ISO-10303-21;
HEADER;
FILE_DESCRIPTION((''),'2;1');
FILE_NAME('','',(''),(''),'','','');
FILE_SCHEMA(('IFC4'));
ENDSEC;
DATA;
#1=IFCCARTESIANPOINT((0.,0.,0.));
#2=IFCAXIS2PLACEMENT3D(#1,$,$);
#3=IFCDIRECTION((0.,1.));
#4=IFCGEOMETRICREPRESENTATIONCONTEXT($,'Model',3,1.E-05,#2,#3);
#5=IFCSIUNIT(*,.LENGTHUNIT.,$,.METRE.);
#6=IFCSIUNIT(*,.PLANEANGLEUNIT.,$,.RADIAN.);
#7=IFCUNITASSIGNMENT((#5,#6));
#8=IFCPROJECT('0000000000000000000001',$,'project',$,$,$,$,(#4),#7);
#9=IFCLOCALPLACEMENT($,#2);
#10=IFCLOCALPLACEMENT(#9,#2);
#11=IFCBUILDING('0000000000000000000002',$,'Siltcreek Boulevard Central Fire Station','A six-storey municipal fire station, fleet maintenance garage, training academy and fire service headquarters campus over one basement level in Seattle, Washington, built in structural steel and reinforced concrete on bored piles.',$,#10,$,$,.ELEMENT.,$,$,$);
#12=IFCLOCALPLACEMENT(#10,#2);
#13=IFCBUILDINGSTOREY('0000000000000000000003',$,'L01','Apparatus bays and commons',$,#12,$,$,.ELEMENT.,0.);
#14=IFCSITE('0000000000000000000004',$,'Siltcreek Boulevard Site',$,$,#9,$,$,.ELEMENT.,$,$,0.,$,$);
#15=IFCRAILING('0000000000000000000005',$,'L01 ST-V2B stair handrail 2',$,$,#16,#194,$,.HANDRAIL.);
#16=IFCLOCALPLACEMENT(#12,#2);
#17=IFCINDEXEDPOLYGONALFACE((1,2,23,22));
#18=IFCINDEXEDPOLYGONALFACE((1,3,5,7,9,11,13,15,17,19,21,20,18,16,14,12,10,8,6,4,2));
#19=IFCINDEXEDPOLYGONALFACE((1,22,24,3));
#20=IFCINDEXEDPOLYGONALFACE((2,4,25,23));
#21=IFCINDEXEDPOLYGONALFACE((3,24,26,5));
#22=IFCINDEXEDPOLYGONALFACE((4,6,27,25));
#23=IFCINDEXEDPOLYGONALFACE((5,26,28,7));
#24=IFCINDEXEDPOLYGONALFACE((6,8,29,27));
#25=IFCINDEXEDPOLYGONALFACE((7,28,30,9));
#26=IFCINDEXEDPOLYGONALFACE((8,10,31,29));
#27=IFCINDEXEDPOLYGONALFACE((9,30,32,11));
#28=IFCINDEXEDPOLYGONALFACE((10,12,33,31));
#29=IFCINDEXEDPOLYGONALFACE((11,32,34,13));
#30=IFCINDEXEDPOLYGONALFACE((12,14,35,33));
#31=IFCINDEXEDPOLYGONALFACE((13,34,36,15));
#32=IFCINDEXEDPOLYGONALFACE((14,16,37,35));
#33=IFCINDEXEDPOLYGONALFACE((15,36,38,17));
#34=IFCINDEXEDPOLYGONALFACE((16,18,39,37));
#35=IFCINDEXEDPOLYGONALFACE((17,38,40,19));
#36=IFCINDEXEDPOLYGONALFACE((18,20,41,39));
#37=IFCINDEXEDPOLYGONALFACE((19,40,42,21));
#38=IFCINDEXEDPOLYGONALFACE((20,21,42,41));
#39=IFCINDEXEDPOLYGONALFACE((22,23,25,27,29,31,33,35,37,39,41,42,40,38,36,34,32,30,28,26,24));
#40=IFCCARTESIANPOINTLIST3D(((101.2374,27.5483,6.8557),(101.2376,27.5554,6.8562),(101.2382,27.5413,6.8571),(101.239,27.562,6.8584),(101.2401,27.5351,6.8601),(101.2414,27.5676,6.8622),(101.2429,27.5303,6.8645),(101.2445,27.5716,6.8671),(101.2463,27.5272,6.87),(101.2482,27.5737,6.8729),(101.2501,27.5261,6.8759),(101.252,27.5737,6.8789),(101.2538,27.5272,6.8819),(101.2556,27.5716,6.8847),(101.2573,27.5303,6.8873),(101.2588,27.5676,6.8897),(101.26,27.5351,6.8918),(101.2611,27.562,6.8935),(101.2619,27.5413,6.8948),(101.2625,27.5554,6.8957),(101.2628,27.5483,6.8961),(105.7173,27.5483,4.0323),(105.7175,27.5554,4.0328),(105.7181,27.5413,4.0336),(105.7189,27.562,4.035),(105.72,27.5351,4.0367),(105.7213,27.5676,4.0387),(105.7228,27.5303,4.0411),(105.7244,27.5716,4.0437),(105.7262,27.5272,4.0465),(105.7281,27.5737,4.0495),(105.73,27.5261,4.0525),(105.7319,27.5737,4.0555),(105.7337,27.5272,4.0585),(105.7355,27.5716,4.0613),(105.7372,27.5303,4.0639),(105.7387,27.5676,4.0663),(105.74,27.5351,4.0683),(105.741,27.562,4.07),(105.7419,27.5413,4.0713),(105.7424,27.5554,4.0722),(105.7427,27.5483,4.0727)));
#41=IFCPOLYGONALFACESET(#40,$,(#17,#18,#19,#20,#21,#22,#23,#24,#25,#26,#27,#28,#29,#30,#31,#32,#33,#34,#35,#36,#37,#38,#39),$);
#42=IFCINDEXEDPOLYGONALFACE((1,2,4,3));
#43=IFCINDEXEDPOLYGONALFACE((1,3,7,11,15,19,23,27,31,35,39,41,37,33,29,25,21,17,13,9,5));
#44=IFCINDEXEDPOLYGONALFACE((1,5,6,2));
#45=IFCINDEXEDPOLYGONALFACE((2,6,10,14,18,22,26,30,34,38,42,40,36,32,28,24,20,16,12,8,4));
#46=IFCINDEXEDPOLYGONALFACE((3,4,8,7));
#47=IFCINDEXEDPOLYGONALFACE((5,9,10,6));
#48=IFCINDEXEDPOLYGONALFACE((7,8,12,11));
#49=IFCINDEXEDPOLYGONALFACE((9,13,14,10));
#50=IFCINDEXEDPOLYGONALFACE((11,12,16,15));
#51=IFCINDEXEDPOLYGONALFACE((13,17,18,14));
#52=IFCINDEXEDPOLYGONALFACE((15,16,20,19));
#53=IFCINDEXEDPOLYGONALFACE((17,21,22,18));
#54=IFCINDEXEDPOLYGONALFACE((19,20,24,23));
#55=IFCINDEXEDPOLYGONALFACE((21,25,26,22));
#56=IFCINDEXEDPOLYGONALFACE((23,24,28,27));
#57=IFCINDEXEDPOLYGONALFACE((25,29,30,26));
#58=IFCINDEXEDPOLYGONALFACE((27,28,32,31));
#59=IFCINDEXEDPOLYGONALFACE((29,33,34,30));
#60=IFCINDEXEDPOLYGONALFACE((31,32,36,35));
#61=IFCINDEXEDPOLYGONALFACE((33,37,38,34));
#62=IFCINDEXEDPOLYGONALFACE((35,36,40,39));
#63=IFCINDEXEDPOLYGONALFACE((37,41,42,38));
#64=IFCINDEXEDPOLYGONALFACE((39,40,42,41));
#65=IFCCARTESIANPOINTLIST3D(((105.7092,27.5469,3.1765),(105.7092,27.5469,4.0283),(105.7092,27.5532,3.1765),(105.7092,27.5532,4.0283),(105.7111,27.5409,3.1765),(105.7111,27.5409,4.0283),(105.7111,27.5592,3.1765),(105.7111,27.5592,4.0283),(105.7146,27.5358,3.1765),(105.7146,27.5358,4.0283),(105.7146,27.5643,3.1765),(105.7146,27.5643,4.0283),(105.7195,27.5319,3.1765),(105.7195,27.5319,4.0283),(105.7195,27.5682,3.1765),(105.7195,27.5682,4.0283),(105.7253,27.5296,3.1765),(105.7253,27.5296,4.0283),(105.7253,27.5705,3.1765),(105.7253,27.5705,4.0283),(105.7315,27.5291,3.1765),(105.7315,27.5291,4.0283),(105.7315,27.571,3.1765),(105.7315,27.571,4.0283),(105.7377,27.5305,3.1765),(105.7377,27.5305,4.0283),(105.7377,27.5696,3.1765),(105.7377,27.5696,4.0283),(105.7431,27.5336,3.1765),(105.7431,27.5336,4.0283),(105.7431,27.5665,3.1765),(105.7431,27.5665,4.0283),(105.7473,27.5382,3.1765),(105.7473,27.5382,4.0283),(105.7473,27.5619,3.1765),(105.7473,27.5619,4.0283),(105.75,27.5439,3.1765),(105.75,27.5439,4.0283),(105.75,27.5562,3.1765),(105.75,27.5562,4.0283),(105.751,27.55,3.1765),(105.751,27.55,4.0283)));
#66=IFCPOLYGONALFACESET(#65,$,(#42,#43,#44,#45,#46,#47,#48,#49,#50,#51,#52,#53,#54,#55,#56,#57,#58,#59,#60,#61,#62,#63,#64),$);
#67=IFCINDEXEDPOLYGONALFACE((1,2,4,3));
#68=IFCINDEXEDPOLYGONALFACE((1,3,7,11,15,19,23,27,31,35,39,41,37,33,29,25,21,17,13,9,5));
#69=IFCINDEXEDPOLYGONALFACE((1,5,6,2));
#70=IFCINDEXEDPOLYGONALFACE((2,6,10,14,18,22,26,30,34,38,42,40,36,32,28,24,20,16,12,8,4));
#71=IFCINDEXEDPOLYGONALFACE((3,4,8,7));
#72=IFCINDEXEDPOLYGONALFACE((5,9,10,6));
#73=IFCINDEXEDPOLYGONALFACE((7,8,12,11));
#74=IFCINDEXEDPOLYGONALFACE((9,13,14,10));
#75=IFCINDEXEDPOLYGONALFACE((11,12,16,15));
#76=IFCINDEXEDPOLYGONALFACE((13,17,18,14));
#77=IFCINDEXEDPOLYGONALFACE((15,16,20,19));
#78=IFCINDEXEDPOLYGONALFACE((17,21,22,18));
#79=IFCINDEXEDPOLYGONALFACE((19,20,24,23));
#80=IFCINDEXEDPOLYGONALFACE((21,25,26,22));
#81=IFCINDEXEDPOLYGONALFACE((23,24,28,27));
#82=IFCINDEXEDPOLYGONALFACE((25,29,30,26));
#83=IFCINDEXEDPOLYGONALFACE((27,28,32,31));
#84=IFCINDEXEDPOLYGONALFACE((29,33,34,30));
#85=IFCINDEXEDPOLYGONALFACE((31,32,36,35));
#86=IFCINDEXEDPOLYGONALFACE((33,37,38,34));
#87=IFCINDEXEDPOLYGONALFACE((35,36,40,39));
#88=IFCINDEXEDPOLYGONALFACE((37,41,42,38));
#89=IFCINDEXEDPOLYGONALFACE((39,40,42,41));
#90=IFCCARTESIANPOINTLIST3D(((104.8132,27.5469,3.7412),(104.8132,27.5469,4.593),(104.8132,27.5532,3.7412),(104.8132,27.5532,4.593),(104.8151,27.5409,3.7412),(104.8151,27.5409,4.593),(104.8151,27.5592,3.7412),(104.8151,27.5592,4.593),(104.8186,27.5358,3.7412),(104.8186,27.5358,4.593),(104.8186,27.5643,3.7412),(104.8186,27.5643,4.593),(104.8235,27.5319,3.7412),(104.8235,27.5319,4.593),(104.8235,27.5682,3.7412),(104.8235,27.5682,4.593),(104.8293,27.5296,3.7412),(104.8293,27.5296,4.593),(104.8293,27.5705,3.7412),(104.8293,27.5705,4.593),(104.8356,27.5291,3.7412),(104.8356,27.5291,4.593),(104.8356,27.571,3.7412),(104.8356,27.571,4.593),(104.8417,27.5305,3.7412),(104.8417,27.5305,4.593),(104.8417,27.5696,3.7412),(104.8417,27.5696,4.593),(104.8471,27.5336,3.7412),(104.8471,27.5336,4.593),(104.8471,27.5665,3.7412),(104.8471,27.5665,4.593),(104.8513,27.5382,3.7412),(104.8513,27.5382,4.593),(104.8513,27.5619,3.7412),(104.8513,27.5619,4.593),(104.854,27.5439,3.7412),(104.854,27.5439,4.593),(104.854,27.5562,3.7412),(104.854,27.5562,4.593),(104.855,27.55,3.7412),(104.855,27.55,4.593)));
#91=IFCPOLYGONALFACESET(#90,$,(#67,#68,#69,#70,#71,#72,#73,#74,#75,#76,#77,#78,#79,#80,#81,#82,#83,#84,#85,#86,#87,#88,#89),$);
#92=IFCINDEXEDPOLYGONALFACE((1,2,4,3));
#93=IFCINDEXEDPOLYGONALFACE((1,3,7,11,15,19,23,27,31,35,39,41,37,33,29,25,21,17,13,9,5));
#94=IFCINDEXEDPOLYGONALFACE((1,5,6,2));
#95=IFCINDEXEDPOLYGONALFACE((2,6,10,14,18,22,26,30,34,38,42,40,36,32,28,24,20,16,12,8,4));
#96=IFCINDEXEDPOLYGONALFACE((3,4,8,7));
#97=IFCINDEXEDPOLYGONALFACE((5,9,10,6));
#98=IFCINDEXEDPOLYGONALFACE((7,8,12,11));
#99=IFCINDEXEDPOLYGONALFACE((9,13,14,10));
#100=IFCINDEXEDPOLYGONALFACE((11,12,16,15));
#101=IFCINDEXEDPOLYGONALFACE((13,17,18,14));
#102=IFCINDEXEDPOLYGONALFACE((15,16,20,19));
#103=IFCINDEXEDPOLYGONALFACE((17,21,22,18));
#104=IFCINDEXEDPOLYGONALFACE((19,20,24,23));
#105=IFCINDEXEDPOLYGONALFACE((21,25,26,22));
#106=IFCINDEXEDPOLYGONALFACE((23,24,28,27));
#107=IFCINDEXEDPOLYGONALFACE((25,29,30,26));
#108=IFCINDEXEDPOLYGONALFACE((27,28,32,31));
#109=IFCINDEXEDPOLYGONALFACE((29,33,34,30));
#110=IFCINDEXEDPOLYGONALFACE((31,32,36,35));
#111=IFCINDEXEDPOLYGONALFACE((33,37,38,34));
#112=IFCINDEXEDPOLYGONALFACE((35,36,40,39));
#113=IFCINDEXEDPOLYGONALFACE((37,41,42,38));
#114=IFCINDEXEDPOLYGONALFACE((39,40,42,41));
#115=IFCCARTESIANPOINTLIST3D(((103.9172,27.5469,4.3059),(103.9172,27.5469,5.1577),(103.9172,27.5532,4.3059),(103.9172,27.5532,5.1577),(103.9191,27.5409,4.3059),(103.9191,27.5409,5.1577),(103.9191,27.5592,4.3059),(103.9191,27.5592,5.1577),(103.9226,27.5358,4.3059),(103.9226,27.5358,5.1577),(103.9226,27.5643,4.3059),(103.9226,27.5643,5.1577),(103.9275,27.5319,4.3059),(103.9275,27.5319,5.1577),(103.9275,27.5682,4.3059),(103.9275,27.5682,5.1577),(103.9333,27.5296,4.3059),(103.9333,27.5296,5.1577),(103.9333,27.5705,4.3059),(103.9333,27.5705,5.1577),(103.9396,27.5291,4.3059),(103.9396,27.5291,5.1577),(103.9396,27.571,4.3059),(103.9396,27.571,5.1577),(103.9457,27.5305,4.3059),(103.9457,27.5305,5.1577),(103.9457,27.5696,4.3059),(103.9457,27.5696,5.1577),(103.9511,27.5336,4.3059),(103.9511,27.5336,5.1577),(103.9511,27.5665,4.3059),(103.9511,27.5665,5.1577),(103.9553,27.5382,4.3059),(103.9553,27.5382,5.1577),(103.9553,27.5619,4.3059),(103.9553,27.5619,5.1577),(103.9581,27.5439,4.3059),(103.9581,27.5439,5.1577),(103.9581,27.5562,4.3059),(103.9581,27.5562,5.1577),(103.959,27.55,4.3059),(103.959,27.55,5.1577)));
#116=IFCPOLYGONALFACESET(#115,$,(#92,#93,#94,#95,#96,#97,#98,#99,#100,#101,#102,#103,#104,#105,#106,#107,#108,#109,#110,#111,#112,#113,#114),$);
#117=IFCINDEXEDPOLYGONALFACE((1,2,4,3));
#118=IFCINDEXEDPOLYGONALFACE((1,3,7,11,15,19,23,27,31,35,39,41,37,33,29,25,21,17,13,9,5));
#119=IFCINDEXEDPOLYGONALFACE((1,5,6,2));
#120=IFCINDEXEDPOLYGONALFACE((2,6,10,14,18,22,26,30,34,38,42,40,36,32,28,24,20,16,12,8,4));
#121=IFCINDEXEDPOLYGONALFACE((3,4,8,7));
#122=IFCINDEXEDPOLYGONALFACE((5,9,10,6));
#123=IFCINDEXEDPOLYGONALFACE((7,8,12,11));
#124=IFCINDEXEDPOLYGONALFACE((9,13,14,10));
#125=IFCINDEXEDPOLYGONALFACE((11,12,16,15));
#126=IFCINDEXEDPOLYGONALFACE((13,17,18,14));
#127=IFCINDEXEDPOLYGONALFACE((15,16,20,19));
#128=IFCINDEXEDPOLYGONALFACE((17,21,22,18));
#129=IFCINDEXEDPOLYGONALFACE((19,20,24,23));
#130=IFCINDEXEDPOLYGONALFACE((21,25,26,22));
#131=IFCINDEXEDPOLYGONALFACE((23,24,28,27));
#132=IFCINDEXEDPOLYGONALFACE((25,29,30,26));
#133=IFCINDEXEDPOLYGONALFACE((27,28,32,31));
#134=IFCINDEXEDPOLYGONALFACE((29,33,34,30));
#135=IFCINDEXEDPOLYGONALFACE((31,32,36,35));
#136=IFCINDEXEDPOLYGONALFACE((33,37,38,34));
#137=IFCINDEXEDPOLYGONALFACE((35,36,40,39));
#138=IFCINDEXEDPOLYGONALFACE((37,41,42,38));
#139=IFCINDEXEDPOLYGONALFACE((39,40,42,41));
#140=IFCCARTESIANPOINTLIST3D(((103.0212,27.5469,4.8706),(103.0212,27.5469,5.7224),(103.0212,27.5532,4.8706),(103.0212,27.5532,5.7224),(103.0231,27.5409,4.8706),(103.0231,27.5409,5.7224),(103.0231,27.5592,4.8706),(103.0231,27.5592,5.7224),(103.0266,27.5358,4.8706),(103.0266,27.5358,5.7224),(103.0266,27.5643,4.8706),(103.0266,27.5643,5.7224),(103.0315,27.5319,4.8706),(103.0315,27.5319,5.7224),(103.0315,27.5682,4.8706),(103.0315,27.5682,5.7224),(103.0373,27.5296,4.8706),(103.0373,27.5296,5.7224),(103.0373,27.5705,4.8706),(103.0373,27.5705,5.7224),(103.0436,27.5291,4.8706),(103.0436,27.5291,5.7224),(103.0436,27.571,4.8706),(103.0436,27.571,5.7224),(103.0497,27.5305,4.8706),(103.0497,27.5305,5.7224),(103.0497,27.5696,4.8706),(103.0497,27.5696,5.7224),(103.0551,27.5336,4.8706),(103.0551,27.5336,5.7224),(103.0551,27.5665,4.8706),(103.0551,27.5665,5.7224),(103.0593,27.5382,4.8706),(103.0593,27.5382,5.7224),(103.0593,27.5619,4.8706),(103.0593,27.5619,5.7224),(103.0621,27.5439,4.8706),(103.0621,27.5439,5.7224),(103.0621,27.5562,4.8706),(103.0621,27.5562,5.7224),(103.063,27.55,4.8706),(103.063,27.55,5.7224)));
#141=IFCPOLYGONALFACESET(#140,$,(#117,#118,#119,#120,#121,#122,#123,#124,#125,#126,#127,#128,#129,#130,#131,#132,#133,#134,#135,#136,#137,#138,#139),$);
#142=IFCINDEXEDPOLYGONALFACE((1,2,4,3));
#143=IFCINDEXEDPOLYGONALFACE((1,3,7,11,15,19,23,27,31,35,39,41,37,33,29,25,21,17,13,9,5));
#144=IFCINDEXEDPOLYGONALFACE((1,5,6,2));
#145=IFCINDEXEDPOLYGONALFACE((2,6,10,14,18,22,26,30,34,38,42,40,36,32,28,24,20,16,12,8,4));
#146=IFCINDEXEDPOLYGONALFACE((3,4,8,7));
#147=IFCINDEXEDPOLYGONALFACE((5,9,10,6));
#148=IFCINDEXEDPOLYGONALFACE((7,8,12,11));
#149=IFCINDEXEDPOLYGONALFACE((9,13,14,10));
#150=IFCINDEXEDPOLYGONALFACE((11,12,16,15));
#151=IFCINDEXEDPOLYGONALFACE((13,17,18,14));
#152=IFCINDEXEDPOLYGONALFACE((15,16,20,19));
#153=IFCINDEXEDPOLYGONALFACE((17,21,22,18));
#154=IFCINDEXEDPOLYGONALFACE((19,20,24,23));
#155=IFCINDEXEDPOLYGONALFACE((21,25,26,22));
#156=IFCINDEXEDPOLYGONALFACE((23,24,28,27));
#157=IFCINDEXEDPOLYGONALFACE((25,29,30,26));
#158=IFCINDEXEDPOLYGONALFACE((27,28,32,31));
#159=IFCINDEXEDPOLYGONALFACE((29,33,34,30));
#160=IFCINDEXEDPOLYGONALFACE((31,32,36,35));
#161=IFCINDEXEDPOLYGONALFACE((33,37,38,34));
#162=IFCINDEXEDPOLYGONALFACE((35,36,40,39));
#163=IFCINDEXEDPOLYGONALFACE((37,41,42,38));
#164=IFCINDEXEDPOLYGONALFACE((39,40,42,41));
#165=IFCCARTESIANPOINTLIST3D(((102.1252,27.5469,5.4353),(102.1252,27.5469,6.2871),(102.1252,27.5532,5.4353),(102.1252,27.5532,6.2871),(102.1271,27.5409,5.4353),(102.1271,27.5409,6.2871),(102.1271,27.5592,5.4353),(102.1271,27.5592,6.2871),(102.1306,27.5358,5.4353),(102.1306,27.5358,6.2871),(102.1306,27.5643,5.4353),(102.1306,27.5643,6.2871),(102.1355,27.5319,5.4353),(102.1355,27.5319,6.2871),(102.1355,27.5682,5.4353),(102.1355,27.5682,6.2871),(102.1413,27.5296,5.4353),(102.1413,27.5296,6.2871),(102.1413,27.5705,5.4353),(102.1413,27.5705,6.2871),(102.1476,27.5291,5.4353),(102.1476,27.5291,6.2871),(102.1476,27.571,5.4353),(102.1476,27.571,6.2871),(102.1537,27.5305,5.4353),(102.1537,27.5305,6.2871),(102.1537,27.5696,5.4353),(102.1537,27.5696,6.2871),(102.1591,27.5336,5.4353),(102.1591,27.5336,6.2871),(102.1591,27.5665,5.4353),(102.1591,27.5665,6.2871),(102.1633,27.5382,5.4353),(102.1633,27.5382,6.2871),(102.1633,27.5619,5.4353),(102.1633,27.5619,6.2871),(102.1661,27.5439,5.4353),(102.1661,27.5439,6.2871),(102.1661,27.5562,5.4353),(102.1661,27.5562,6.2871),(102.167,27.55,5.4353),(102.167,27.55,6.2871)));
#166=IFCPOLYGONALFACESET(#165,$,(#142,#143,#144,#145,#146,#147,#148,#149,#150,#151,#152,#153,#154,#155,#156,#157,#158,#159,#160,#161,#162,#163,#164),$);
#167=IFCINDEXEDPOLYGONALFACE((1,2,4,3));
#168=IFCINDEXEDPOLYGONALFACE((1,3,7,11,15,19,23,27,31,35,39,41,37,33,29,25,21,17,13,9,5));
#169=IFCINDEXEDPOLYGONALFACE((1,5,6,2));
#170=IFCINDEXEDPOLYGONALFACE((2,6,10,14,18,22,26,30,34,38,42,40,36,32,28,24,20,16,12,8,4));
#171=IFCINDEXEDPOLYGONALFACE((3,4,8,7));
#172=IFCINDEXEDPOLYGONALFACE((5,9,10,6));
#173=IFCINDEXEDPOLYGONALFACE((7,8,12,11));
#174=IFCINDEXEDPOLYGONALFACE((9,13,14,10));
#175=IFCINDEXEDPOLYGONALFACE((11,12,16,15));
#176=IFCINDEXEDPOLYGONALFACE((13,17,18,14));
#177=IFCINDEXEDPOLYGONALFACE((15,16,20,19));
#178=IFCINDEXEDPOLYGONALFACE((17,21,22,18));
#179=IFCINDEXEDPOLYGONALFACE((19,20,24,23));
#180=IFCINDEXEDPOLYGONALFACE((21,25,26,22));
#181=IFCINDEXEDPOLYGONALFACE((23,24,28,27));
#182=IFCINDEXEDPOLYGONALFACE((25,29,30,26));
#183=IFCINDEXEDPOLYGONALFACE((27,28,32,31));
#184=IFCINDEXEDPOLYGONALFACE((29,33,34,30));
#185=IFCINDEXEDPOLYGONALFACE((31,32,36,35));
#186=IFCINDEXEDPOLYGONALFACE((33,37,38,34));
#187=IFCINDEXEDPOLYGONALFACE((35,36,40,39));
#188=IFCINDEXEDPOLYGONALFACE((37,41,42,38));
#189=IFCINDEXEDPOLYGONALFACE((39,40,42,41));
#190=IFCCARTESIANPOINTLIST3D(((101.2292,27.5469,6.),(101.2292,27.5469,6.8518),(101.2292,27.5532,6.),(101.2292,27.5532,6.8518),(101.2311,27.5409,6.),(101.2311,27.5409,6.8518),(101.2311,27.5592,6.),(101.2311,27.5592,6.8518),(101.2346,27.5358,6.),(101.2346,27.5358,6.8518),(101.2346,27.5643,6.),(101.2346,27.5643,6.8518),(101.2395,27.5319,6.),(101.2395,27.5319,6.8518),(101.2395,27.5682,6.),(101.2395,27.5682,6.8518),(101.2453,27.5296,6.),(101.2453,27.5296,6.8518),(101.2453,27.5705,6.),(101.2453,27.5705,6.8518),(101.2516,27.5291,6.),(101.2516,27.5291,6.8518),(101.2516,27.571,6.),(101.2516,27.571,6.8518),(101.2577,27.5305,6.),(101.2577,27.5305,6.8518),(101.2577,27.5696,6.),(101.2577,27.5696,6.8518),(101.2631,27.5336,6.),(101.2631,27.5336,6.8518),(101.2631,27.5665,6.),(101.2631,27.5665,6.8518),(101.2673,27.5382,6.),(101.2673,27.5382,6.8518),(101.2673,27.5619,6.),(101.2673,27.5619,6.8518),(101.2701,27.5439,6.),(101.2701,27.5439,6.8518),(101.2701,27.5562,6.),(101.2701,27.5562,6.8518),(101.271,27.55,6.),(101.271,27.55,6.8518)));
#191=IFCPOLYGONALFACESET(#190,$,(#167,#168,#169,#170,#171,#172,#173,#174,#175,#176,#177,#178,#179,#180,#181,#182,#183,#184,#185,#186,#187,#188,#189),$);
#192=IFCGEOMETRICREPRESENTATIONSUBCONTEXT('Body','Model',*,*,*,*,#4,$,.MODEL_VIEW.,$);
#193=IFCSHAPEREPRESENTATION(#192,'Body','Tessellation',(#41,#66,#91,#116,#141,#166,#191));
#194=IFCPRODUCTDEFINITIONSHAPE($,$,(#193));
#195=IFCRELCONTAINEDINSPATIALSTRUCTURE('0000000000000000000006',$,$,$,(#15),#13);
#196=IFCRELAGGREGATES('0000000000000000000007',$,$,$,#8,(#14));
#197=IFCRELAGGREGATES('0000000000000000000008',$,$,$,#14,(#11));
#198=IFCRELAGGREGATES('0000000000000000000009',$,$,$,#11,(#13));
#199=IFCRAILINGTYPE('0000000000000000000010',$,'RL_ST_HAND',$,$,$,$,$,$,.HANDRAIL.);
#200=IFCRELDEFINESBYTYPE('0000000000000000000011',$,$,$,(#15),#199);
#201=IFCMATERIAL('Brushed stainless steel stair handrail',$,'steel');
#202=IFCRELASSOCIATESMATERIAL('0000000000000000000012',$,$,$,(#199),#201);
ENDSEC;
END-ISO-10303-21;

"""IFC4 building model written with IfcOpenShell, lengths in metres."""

from ifc_helpers import new_model, si_unit, direction, frame, origin, origin_2d, place, context, subcontext, project, spatial, circle, extrude, material, type_object, element, save


model = new_model("IFC4")

# Units and contexts
model_context = context("Model", 3, precision=1e-05, world=origin(), true_north=direction((0.0, 1.0)))
body_context = subcontext(model_context, "Body", "Model", "MODEL_VIEW")
ifc_project = project(units=[si_unit("LENGTHUNIT", "METRE"), si_unit("PLANEANGLEUNIT", "RADIAN")], contexts=[model_context])

# Site, building, storey
site_placement = place(None, origin())
site = spatial("IfcSite", under=ifc_project, at=site_placement, Name="Siltcreek Boulevard Site", CompositionType="ELEMENT", RefElevation=0.0)
building_placement = place(site_placement, origin())
building = spatial("IfcBuilding", under=site, at=building_placement, Name="Siltcreek Boulevard Central Fire Station", Description="A six-storey municipal fire station, fleet maintenance garage, training academy and fire service headquarters campus over one basement level in Seattle, Washington, built in structural steel and reinforced concrete on bored piles.", CompositionType="ELEMENT")
storey_placement = place(building_placement, origin())
storey = spatial("IfcBuildingStorey", under=building, at=storey_placement, Name="L01", Description="Apparatus bays and commons", CompositionType="ELEMENT", Elevation=0.0)

# Railing
ifc_material_1 = material(Name="Brushed stainless steel stair handrail", Category="steel")
railing_type_1 = type_object("IfcRailingType", Name="RL_ST_HAND", PredefinedType="HANDRAIL", material=ifc_material_1)
railing_1_placement = place(storey_placement, frame((105.73, 27.55, 3.1765)))
element("IfcRailing", 1, at=railing_1_placement, inside=storey, type_object=railing_type_1, Name="L01 ST-V2B stair handrail 2", PredefinedType="HANDRAIL", context=body_context, shape_type="SweptSolid", body=[
    extrude(circle(Radius=0.0239, at=origin_2d()), frame((0.0, 0.0, 0.876), z_axis=(-0.845998, 0.0, 0.533186), x_axis=(0.0, -1.0, 0.0)), (0.0, 0.0, 1.0), 5.2954),
    extrude(circle(Radius=0.021, at=origin_2d()), origin(), (0.0, 0.0, 1.0), 0.8518),
    extrude(circle(Radius=0.021, at=origin_2d()), frame((-0.896, 0.0, 0.5647)), (0.0, 0.0, 1.0), 0.8518),
    extrude(circle(Radius=0.021, at=origin_2d()), frame((-1.792, 0.0, 1.1294)), (0.0, 0.0, 1.0), 0.8518),
    extrude(circle(Radius=0.021, at=origin_2d()), frame((-2.688, 0.0, 1.6941)), (0.0, 0.0, 1.0), 0.8518),
    extrude(circle(Radius=0.021, at=origin_2d()), frame((-3.584, 0.0, 2.2588)), (0.0, 0.0, 1.0), 0.8518),
    extrude(circle(Radius=0.021, at=origin_2d()), frame((-4.48, 0.0, 2.8235)), (0.0, 0.0, 1.0), 0.8518),
])

save(model, "model.ifc")
